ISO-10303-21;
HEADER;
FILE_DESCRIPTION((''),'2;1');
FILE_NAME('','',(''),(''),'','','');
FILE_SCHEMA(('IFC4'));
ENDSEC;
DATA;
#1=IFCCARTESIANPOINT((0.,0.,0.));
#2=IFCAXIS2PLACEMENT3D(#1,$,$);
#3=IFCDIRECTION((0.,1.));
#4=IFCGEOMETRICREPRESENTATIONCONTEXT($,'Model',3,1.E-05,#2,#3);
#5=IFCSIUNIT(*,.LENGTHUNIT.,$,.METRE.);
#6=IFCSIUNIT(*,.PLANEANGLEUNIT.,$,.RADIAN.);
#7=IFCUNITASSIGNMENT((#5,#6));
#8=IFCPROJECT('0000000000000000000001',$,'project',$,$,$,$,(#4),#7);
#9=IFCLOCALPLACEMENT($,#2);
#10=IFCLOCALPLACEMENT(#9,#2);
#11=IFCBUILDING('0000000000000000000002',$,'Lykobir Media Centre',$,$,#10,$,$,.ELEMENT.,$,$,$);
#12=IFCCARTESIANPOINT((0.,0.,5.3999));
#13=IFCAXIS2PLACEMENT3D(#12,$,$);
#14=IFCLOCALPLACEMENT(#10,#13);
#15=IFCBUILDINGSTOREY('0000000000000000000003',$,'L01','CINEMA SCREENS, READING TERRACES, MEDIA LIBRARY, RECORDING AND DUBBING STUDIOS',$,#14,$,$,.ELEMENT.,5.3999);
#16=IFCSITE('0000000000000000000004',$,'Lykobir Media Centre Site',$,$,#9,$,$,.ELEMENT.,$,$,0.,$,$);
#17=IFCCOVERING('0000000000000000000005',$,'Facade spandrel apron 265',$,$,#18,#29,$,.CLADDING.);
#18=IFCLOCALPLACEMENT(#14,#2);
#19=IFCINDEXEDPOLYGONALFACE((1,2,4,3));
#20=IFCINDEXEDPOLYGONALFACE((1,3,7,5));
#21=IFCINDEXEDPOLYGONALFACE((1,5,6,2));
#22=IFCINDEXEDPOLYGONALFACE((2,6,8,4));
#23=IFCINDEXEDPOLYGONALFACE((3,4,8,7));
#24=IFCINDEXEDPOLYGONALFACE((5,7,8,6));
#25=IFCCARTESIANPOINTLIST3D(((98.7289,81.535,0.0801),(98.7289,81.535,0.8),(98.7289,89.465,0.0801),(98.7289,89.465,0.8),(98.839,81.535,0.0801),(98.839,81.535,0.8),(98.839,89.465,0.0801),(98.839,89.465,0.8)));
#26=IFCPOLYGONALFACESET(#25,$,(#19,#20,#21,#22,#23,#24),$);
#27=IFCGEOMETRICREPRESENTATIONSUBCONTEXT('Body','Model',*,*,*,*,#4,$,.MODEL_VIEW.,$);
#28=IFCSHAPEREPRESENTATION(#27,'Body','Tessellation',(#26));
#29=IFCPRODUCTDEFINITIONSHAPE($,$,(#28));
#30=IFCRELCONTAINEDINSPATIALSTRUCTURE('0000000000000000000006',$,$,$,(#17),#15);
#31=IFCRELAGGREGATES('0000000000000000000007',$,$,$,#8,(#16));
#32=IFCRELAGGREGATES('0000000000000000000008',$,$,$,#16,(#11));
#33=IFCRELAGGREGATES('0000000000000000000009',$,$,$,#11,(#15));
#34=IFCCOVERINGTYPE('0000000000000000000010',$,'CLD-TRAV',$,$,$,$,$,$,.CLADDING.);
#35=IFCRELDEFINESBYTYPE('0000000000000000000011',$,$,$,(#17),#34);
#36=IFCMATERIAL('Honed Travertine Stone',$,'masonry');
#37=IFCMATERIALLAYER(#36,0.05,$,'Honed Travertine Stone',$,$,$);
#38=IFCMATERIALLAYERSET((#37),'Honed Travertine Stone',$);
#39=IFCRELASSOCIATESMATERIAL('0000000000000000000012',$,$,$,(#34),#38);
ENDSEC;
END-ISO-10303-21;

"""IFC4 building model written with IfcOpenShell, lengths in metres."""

from ifc_helpers import new_model, si_unit, direction, frame, origin, origin_2d, place, context, subcontext, project, spatial, rectangle, extrude, material, layer, layer_set, type_object, element, save


model = new_model("IFC4")

# Units and contexts
model_context = context("Model", 3, precision=1e-05, world=origin(), true_north=direction((0.0, 1.0)))
body_context = subcontext(model_context, "Body", "Model", "MODEL_VIEW")
ifc_project = project(units=[si_unit("LENGTHUNIT", "METRE"), si_unit("PLANEANGLEUNIT", "RADIAN")], contexts=[model_context])

# Site, building, storey
site_placement = place(None, origin())
site = spatial("IfcSite", under=ifc_project, at=site_placement, Name="Lykobir Media Centre Site", CompositionType="ELEMENT", RefElevation=0.0)
building_placement = place(site_placement, origin())
building = spatial("IfcBuilding", under=site, at=building_placement, Name="Lykobir Media Centre", CompositionType="ELEMENT")
storey_placement = place(building_placement, frame((0.0, 0.0, 5.3999)))
storey = spatial("IfcBuildingStorey", under=building, at=storey_placement, Name="L01", Description="CINEMA SCREENS, READING TERRACES, MEDIA LIBRARY, RECORDING AND DUBBING STUDIOS", CompositionType="ELEMENT", Elevation=5.3999)

# Covering
ifc_material_1 = material(Name="Honed Travertine Stone", Category="masonry")
ifc_layer_1 = layer(ifc_material_1, 0.05, Name="Honed Travertine Stone")
ifc_layer_set_1 = layer_set([ifc_layer_1], Name="Honed Travertine Stone")
covering_type = type_object("IfcCoveringType", Name="CLD-TRAV", PredefinedType="CLADDING", material=ifc_layer_set_1)
covering_1_placement = place(storey_placement, frame((98.7839, 85.5, 0.0801), z_axis=(0.0, 0.0, 1.0), x_axis=(0.0, -1.0, 0.0)))
element("IfcCovering", 1, at=covering_1_placement, inside=storey, type_object=covering_type, Name="Facade spandrel apron 265", PredefinedType="CLADDING", context=body_context, shape_type="SweptSolid", body=[
    extrude(rectangle(XDim=7.9299, YDim=0.1101, at=origin_2d()), origin(), (0.0, 0.0, 1.0), 0.72),
])

save(model, "model.ifc")
